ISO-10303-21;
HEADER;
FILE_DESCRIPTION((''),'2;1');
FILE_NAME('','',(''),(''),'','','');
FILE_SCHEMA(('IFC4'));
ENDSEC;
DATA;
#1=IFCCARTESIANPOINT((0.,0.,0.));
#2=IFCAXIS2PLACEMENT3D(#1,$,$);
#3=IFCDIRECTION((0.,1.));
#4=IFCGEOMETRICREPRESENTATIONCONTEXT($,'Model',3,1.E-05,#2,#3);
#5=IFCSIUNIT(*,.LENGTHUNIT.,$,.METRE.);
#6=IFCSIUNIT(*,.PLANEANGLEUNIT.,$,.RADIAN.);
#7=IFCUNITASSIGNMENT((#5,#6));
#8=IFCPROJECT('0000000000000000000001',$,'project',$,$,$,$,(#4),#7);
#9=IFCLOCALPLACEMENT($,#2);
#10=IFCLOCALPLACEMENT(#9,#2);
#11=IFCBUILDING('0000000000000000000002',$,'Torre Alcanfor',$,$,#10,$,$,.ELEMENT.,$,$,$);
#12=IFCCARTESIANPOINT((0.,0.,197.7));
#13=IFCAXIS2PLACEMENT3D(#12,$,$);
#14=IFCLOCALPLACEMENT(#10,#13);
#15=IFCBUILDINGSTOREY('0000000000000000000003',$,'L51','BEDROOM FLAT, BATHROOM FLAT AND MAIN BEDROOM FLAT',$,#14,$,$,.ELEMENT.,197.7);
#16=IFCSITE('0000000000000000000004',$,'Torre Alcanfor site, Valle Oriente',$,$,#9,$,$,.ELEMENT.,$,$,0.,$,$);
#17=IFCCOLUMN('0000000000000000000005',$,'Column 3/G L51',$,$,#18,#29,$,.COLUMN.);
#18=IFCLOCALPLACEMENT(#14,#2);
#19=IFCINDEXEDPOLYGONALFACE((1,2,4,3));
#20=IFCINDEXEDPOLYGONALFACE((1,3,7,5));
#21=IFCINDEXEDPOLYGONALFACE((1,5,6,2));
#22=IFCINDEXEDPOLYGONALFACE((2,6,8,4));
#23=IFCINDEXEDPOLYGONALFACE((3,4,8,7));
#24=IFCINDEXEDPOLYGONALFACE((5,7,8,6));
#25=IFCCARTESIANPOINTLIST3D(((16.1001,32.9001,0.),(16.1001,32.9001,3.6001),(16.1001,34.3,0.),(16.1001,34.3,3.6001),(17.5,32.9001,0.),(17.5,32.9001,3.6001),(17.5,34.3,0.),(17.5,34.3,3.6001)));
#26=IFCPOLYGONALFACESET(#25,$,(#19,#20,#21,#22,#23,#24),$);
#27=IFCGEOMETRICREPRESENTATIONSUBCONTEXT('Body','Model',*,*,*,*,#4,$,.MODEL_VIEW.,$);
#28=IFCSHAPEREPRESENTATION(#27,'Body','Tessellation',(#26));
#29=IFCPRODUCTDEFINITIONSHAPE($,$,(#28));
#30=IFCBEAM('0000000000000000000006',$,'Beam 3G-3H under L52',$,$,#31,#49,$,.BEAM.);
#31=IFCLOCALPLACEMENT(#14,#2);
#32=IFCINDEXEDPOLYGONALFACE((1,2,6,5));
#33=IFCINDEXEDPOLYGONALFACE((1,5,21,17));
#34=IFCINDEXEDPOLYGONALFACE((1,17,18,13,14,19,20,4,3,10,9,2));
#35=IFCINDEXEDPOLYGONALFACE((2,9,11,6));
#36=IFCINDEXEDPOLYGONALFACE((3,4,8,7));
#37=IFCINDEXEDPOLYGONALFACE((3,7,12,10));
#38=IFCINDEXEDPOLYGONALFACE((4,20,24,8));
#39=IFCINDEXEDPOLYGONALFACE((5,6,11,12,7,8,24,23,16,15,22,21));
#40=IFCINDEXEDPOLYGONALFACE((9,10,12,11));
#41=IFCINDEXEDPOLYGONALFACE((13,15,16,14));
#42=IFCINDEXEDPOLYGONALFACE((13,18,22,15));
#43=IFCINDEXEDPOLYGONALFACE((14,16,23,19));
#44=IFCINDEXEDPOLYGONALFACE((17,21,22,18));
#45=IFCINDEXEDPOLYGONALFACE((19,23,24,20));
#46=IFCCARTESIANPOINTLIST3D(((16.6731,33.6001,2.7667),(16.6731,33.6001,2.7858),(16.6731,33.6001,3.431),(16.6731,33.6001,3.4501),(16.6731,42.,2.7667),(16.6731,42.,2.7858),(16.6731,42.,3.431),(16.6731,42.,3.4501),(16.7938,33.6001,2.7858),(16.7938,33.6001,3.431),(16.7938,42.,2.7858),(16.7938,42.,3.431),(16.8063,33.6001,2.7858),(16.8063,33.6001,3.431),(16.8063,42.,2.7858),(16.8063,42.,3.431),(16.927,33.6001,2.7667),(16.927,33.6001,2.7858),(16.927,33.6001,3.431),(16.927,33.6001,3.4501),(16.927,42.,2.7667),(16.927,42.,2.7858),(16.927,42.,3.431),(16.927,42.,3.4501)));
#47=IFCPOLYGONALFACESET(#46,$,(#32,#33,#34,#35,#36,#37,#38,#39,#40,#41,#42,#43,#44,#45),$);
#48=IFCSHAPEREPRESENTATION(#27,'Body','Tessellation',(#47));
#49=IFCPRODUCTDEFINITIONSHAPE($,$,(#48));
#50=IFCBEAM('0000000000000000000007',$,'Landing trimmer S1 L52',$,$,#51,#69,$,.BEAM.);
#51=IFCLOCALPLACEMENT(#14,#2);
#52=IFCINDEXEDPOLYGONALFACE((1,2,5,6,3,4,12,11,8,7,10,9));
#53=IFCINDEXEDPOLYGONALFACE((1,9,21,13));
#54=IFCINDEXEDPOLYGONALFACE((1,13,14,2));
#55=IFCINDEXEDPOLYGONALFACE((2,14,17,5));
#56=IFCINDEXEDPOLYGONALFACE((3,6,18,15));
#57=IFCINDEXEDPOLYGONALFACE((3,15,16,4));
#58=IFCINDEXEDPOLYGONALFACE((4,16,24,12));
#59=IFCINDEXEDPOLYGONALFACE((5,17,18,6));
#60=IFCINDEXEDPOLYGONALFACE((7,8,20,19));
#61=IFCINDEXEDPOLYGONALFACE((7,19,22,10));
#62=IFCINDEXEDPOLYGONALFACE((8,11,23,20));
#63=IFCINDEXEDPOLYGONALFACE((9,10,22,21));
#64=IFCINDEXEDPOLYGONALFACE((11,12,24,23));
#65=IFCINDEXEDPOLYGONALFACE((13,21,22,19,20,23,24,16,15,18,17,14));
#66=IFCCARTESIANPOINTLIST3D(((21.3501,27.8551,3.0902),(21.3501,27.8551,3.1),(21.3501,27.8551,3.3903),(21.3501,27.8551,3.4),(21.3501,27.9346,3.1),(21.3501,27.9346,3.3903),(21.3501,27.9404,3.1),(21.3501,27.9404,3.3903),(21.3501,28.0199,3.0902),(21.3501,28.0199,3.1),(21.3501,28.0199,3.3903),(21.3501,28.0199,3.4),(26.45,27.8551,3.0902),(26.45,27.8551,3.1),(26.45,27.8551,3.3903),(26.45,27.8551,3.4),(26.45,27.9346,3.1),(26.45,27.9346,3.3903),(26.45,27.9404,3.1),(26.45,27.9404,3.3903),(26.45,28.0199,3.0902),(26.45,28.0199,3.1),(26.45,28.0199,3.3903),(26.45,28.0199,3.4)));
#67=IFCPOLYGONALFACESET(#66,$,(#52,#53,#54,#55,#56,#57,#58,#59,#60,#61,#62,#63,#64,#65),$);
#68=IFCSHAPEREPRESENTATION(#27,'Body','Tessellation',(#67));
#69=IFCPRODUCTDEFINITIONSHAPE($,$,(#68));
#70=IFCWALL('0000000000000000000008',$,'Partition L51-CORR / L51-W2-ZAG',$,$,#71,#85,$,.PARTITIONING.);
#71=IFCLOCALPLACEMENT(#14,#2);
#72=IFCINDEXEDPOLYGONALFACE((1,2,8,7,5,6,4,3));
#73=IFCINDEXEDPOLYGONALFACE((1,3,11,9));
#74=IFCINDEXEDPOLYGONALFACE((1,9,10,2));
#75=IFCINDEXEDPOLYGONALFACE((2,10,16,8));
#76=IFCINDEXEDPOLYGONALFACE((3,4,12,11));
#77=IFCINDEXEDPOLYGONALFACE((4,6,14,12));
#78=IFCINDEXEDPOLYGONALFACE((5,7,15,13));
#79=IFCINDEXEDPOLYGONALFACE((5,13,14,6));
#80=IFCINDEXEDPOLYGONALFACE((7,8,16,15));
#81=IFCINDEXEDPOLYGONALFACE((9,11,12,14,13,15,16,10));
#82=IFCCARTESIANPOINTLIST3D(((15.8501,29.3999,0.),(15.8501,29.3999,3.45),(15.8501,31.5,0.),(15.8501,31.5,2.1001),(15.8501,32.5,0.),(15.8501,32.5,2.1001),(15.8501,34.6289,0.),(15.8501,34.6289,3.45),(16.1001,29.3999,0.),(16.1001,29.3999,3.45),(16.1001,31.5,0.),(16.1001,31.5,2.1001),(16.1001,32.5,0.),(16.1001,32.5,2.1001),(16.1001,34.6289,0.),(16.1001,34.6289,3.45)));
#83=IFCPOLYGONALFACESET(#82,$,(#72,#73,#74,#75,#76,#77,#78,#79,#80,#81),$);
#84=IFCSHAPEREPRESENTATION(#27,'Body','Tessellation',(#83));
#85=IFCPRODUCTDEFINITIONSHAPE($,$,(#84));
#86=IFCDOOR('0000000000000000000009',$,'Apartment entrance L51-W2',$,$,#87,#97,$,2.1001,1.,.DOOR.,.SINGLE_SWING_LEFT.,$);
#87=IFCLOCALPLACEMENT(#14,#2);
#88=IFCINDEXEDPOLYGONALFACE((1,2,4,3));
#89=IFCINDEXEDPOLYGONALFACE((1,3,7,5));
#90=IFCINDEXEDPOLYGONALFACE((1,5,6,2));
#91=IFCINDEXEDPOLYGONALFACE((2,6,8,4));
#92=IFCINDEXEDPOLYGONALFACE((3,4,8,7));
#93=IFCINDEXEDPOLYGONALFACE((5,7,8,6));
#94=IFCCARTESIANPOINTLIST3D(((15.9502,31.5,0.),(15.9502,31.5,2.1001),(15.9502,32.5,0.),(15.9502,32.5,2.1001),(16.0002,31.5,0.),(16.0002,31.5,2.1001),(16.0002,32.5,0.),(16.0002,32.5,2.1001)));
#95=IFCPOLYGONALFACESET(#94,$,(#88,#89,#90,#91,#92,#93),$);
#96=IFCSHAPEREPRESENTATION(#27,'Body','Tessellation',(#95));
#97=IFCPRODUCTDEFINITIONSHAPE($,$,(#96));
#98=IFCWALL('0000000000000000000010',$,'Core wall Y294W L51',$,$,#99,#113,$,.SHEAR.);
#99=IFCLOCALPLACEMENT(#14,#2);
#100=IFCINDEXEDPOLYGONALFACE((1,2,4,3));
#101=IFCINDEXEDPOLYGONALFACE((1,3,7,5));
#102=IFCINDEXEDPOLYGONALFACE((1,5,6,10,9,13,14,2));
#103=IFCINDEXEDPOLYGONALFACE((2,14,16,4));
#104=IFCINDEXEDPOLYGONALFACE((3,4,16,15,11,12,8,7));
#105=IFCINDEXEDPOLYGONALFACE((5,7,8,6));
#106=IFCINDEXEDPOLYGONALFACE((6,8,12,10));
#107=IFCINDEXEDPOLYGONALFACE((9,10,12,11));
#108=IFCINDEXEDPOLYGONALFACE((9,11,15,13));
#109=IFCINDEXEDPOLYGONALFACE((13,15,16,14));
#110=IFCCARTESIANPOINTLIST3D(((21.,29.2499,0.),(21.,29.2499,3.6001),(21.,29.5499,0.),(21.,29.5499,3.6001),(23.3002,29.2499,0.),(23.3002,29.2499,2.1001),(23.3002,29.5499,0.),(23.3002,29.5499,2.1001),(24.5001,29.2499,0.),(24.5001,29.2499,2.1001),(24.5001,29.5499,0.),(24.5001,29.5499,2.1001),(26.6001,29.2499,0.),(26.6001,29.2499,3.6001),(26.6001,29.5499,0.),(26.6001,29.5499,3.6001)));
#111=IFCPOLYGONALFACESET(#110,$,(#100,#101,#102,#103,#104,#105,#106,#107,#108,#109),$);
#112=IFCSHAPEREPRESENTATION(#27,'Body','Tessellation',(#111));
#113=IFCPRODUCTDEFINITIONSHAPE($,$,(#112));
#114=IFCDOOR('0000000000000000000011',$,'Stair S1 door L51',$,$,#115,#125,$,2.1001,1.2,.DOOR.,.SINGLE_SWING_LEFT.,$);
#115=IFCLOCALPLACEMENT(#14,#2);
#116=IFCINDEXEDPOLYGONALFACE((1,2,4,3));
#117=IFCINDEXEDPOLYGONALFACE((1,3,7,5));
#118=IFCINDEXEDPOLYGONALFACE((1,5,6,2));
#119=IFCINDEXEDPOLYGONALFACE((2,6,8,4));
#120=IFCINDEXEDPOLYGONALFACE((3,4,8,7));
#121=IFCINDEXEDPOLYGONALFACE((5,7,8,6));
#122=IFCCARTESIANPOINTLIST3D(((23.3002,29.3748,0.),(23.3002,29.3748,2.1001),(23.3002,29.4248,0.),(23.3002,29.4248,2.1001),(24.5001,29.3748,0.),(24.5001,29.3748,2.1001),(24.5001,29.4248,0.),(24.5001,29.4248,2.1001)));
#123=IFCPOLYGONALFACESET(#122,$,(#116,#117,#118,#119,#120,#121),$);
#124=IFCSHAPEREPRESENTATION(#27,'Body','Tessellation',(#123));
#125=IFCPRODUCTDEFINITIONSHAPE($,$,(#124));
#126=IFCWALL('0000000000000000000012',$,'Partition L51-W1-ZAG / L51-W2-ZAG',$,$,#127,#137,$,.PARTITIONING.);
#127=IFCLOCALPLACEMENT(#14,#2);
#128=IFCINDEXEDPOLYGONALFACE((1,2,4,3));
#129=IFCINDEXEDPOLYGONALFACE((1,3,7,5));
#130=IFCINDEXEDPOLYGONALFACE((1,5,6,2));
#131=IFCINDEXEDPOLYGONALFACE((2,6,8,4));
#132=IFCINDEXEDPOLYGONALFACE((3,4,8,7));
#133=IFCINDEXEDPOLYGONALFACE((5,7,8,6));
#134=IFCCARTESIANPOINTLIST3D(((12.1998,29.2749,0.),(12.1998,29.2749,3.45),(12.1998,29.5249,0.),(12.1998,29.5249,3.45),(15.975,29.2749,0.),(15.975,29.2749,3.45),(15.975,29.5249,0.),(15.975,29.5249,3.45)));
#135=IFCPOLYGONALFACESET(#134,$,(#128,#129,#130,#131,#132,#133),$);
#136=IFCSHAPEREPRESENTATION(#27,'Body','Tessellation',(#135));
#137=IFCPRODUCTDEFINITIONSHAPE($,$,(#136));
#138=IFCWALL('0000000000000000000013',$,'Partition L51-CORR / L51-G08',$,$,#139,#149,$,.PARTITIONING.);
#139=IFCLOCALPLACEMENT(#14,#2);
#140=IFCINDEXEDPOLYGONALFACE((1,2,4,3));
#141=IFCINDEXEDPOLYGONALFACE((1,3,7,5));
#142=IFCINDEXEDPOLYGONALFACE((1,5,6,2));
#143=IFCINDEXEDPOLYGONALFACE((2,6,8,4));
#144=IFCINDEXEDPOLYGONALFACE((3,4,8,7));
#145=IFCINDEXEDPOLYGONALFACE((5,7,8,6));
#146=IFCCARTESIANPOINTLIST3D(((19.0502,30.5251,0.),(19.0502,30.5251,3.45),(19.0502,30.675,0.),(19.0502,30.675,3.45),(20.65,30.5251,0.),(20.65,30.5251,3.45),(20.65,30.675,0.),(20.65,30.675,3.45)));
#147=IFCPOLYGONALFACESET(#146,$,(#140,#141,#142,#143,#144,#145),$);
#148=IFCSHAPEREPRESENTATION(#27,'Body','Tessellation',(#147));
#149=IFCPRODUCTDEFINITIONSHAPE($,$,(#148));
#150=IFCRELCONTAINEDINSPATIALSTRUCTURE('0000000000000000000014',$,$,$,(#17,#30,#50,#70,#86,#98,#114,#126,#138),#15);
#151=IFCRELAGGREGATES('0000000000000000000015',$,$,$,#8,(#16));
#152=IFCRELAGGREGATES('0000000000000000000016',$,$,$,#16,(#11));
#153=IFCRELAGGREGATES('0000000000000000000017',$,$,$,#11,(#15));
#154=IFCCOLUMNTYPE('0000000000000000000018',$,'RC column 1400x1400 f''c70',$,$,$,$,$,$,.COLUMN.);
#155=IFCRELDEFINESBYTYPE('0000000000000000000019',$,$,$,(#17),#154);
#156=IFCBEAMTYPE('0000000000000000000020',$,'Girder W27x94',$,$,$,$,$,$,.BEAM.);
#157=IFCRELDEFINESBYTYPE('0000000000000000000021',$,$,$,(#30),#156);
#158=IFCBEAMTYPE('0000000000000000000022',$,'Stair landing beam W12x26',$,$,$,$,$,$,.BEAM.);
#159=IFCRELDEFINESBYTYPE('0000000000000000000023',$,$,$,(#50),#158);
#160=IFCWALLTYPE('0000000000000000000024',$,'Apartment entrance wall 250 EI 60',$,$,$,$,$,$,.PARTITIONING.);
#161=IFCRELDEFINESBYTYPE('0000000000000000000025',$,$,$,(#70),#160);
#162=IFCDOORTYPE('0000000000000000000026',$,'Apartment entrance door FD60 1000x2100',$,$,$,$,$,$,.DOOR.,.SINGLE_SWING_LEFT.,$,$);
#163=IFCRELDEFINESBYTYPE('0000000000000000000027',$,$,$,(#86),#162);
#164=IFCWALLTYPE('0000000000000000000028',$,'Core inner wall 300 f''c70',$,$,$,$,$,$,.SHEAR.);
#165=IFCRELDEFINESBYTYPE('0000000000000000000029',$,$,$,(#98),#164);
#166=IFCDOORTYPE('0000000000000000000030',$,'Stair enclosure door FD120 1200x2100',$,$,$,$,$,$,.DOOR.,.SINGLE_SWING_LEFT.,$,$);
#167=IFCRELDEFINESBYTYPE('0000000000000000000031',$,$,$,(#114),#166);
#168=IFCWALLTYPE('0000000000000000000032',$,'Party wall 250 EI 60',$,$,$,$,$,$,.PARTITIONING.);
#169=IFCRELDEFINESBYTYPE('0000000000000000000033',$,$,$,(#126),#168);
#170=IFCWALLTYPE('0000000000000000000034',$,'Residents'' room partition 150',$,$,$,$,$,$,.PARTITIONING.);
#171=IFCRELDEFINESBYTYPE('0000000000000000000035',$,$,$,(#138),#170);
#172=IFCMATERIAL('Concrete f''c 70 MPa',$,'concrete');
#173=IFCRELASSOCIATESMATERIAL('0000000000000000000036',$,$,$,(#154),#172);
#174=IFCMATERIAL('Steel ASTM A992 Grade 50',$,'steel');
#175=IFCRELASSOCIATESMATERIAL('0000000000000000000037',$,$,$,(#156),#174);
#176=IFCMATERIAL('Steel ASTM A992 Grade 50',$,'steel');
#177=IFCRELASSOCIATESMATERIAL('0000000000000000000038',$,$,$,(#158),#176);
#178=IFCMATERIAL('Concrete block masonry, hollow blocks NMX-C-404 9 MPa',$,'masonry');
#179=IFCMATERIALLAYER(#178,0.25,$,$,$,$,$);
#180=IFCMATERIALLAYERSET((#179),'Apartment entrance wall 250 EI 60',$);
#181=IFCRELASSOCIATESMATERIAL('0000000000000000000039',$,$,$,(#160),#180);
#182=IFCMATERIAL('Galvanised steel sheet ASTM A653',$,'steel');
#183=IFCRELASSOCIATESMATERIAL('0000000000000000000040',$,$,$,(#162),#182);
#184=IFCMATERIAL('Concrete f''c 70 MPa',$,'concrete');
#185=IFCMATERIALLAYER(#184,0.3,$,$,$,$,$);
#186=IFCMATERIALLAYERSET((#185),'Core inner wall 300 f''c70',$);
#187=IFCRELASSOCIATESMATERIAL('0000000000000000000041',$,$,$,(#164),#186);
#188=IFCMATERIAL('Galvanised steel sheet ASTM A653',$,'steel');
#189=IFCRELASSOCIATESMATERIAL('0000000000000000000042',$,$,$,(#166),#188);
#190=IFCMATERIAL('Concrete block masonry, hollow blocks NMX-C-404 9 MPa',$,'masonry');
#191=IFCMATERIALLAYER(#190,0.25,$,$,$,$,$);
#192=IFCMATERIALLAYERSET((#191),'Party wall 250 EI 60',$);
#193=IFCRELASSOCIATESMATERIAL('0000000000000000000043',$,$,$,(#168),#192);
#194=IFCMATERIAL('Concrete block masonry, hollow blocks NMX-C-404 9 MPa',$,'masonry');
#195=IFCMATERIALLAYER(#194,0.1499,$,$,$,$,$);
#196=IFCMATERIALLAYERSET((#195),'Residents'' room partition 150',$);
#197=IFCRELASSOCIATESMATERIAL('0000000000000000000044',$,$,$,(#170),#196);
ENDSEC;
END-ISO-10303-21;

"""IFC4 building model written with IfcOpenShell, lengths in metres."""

from ifc_helpers import new_model, si_unit, direction, frame, frame_2d, origin, origin_2d, place, context, subcontext, project, spatial, rectangle, i_section, extrude, material, layer, layer_set, material_profile, profile_set, type_object, element, fill, save


model = new_model("IFC4")

# Units and contexts
model_context = context("Model", 3, precision=1e-05, world=origin(), true_north=direction((0.0, 1.0)))
body_context = subcontext(model_context, "Body", "Model", "MODEL_VIEW")
ifc_project = project(units=[si_unit("LENGTHUNIT", "METRE"), si_unit("PLANEANGLEUNIT", "RADIAN")], contexts=[model_context])

# Site, building, storey
site_placement = place(None, origin())
site = spatial("IfcSite", under=ifc_project, at=site_placement, Name="Torre Alcanfor site, Valle Oriente", CompositionType="ELEMENT", RefElevation=0.0)
building_placement = place(site_placement, origin())
building = spatial("IfcBuilding", under=site, at=building_placement, Name="Torre Alcanfor", CompositionType="ELEMENT")
storey_placement = place(building_placement, frame((0.0, 0.0, 197.7)))
storey = spatial("IfcBuildingStorey", under=building, at=storey_placement, Name="L51", Description="BEDROOM FLAT, BATHROOM FLAT AND MAIN BEDROOM FLAT", CompositionType="ELEMENT", Elevation=197.7)

# Column
ifc_material_1 = material(Name="Concrete f'c 70 MPa", Category="concrete")
ifc_material_profile_1 = material_profile(ifc_material_1, rectangle(XDim=1.3999, YDim=1.3999, at=origin_2d()), Name="1400x1400")
ifc_profile_set_1 = profile_set([ifc_material_profile_1], Name="Concrete f'c 70 MPa")
column_type = type_object("IfcColumnType", Name="RC column 1400x1400 f'c70", PredefinedType="COLUMN", material=ifc_profile_set_1)
column_placement = place(storey_placement, frame((16.8, 33.6001, 0.0), z_axis=(0.0, 0.0, 1.0), x_axis=(1.0, 0.0, 0.0)))
element("IfcColumn", 1, at=column_placement, inside=storey, type_object=column_type, Name="Column 3/G L51", PredefinedType="COLUMN", context=body_context, shape_type="SweptSolid", body=[
    extrude(rectangle(XDim=1.3999, YDim=1.3999, at=origin_2d()), origin(), (0.0, 0.0, 1.0), 3.6001),
])

# Beams
ifc_material_2 = material(Name="Steel ASTM A992 Grade 50", Category="steel")
ifc_material_profile_2 = material_profile(ifc_material_2, i_section(OverallWidth=0.2539, OverallDepth=0.6833, WebThickness=0.0125, FlangeThickness=0.019, at=origin_2d()), Name="W27x94")
ifc_profile_set_2 = profile_set([ifc_material_profile_2], Name="Steel ASTM A992 Grade 50")
beam_type_1 = type_object("IfcBeamType", Name="Girder W27x94", PredefinedType="BEAM", material=ifc_profile_set_2)
beam_1_placement = place(storey_placement, frame((16.8, 33.6001, 3.1084), z_axis=(0.0, 1.0, 0.0), x_axis=(-1.0, 0.0, 0.0)))
element("IfcBeam", 2, at=beam_1_placement, inside=storey, type_object=beam_type_1, Name="Beam 3G-3H under L52", PredefinedType="BEAM", context=body_context, shape_type="SweptSolid", body=[
    extrude(i_section(OverallWidth=0.2539, OverallDepth=0.6833, WebThickness=0.0125, FlangeThickness=0.019, at=origin_2d()), origin(), (0.0, 0.0, 1.0), 8.3999),
])
ifc_material_3 = material(Name="Steel ASTM A992 Grade 50", Category="steel")
ifc_material_profile_3 = material_profile(ifc_material_3, i_section(OverallWidth=0.1648, OverallDepth=0.3098, WebThickness=0.0059, FlangeThickness=0.0098, at=origin_2d()), Name="W12x26")
ifc_profile_set_3 = profile_set([ifc_material_profile_3], Name="Steel ASTM A992 Grade 50")
beam_type_2 = type_object("IfcBeamType", Name="Stair landing beam W12x26", PredefinedType="BEAM", material=ifc_profile_set_3)
beam_2_placement = place(storey_placement, frame((21.3501, 27.9375, 3.2451), z_axis=(1.0, 0.0, 0.0), x_axis=(0.0, 1.0, 0.0)))
element("IfcBeam", 3, at=beam_2_placement, inside=storey, type_object=beam_type_2, Name="Landing trimmer S1 L52", PredefinedType="BEAM", context=body_context, shape_type="SweptSolid", body=[
    extrude(i_section(OverallWidth=0.1648, OverallDepth=0.3098, WebThickness=0.0059, FlangeThickness=0.0098, at=origin_2d()), origin(), (0.0, 0.0, 1.0), 5.0999),
])

# Walls, openings, doors
ifc_material_4 = material(Name="Concrete block masonry, hollow blocks NMX-C-404 9 MPa", Category="masonry")
ifc_layer_1 = layer(ifc_material_4, 0.25)
ifc_layer_set_1 = layer_set([ifc_layer_1], Name="Apartment entrance wall 250 EI 60")
wall_type_1 = type_object("IfcWallType", Name="Apartment entrance wall 250 EI 60", PredefinedType="PARTITIONING", material=ifc_layer_set_1)
wall_1_placement = place(storey_placement, frame((15.9751, 29.3999, 0.0), z_axis=(0.0, 0.0, 1.0), x_axis=(0.0, 1.0, 0.0)))
wall_1 = element("IfcWall", 4, at=wall_1_placement, inside=storey, type_object=wall_type_1, Name="Partition L51-CORR / L51-W2-ZAG", PredefinedType="PARTITIONING", context=body_context, shape_type="SweptSolid", body=[
    extrude(rectangle(XDim=5.229, YDim=0.25, at=frame_2d((2.6145, 0.0))), origin(), (0.0, 0.0, 1.0), 3.45),
])
opening_1_placement = place(wall_1_placement, frame((2.1001, 0.0, 0.0)))
opening_1 = element("IfcOpeningElement", 5, at=opening_1_placement, cuts=wall_1, PredefinedType="OPENING", context=body_context, shape_type="SweptSolid", body=[
    extrude(rectangle(XDim=1.0, YDim=2.1001, at=frame_2d((0.5, 1.05))), frame((0.0, 0.135, 0.0), z_axis=(0.0, -1.0, 0.0), x_axis=(1.0, 0.0, 0.0)), (0.0, 0.0, 1.0), 0.27),
])
ifc_material_5 = material(Name="Galvanised steel sheet ASTM A653", Category="steel")
door_type_1 = type_object("IfcDoorType", Name="Apartment entrance door FD60 1000x2100", OperationType="SINGLE_SWING_LEFT", PredefinedType="DOOR", material=ifc_material_5)
door_1_placement = place(opening_1_placement, origin())
door_1 = element("IfcDoor", 6, at=door_1_placement, inside=storey, type_object=door_type_1, Name="Apartment entrance L51-W2", OperationType="SINGLE_SWING_LEFT", OverallHeight=2.1001, OverallWidth=1.0, PredefinedType="DOOR", context=body_context, shape_type="SweptSolid", body=[
    extrude(rectangle(XDim=1.0, YDim=2.1001, at=frame_2d((0.5, 1.05))), frame((0.0, 0.0249, 0.0), z_axis=(0.0, -1.0, 0.0), x_axis=(1.0, 0.0, 0.0)), (0.0, 0.0, 1.0), 0.05),
])
fill(opening_1, door_1)
ifc_material_6 = material(Name="Concrete f'c 70 MPa", Category="concrete")
ifc_layer_2 = layer(ifc_material_6, 0.3)
ifc_layer_set_2 = layer_set([ifc_layer_2], Name="Core inner wall 300 f'c70")
wall_type_2 = type_object("IfcWallType", Name="Core inner wall 300 f'c70", PredefinedType="SHEAR", material=ifc_layer_set_2)
wall_2_placement = place(storey_placement, frame((21.0, 29.3999, 0.0), z_axis=(0.0, 0.0, 1.0), x_axis=(1.0, 0.0, 0.0)))
wall_2 = element("IfcWall", 7, at=wall_2_placement, inside=storey, type_object=wall_type_2, Name="Core wall Y294W L51", PredefinedType="SHEAR", context=body_context, shape_type="SweptSolid", body=[
    extrude(rectangle(XDim=5.6001, YDim=0.3, at=frame_2d((2.8, 0.0))), origin(), (0.0, 0.0, 1.0), 3.6001),
])
opening_2_placement = place(wall_2_placement, frame((2.3, 0.0, 0.0)))
opening_2 = element("IfcOpeningElement", 8, at=opening_2_placement, cuts=wall_2, PredefinedType="OPENING", context=body_context, shape_type="SweptSolid", body=[
    extrude(rectangle(XDim=1.2, YDim=2.1001, at=frame_2d((0.6001, 1.05))), frame((0.0, 0.1599, 0.0), z_axis=(0.0, -1.0, 0.0), x_axis=(1.0, 0.0, 0.0)), (0.0, 0.0, 1.0), 0.3201),
])
ifc_material_7 = material(Name="Galvanised steel sheet ASTM A653", Category="steel")
door_type_2 = type_object("IfcDoorType", Name="Stair enclosure door FD120 1200x2100", OperationType="SINGLE_SWING_LEFT", PredefinedType="DOOR", material=ifc_material_7)
door_2_placement = place(opening_2_placement, frame((1.2, 0.0, 0.0), z_axis=(0.0, 0.0, 1.0), x_axis=(-1.0, 0.0, 0.0)))
door_2 = element("IfcDoor", 9, at=door_2_placement, inside=storey, type_object=door_type_2, Name="Stair S1 door L51", OperationType="SINGLE_SWING_LEFT", OverallHeight=2.1001, OverallWidth=1.2, PredefinedType="DOOR", context=body_context, shape_type="SweptSolid", body=[
    extrude(rectangle(XDim=1.2, YDim=2.1001, at=frame_2d((0.5999, 1.05))), frame((0.0, 0.0251, 0.0), z_axis=(0.0, -1.0, 0.0), x_axis=(1.0, 0.0, 0.0)), (0.0, 0.0, 1.0), 0.05),
])
fill(opening_2, door_2)

# Walls
ifc_material_8 = material(Name="Concrete block masonry, hollow blocks NMX-C-404 9 MPa", Category="masonry")
ifc_layer_3 = layer(ifc_material_8, 0.25)
ifc_layer_set_3 = layer_set([ifc_layer_3], Name="Party wall 250 EI 60")
wall_type_3 = type_object("IfcWallType", Name="Party wall 250 EI 60", PredefinedType="PARTITIONING", material=ifc_layer_set_3)
wall_3_placement = place(storey_placement, frame((15.9751, 29.3999, 0.0), z_axis=(0.0, 0.0, 1.0), x_axis=(-1.0, 0.0, 0.0)))
element("IfcWall", 10, at=wall_3_placement, inside=storey, type_object=wall_type_3, Name="Partition L51-W1-ZAG / L51-W2-ZAG", PredefinedType="PARTITIONING", context=body_context, shape_type="SweptSolid", body=[
    extrude(rectangle(XDim=3.7751, YDim=0.25, at=frame_2d((1.8877, 0.0))), origin(), (0.0, 0.0, 1.0), 3.45),
])
ifc_material_9 = material(Name="Concrete block masonry, hollow blocks NMX-C-404 9 MPa", Category="masonry")
ifc_layer_4 = layer(ifc_material_9, 0.1499)
ifc_layer_set_4 = layer_set([ifc_layer_4], Name="Residents' room partition 150")
wall_type_4 = type_object("IfcWallType", Name="Residents' room partition 150", PredefinedType="PARTITIONING", material=ifc_layer_set_4)
wall_4_placement = place(storey_placement, frame((20.6499, 30.6001, 0.0), z_axis=(0.0, 0.0, 1.0), x_axis=(-1.0, 0.0, 0.0)))
element("IfcWall", 11, at=wall_4_placement, inside=storey, type_object=wall_type_4, Name="Partition L51-CORR / L51-G08", PredefinedType="PARTITIONING", context=body_context, shape_type="SweptSolid", body=[
    extrude(rectangle(XDim=1.5999, YDim=0.1499, at=frame_2d((0.7998, 0.0))), origin(), (0.0, 0.0, 1.0), 3.45),
])

save(model, "model.ifc")
